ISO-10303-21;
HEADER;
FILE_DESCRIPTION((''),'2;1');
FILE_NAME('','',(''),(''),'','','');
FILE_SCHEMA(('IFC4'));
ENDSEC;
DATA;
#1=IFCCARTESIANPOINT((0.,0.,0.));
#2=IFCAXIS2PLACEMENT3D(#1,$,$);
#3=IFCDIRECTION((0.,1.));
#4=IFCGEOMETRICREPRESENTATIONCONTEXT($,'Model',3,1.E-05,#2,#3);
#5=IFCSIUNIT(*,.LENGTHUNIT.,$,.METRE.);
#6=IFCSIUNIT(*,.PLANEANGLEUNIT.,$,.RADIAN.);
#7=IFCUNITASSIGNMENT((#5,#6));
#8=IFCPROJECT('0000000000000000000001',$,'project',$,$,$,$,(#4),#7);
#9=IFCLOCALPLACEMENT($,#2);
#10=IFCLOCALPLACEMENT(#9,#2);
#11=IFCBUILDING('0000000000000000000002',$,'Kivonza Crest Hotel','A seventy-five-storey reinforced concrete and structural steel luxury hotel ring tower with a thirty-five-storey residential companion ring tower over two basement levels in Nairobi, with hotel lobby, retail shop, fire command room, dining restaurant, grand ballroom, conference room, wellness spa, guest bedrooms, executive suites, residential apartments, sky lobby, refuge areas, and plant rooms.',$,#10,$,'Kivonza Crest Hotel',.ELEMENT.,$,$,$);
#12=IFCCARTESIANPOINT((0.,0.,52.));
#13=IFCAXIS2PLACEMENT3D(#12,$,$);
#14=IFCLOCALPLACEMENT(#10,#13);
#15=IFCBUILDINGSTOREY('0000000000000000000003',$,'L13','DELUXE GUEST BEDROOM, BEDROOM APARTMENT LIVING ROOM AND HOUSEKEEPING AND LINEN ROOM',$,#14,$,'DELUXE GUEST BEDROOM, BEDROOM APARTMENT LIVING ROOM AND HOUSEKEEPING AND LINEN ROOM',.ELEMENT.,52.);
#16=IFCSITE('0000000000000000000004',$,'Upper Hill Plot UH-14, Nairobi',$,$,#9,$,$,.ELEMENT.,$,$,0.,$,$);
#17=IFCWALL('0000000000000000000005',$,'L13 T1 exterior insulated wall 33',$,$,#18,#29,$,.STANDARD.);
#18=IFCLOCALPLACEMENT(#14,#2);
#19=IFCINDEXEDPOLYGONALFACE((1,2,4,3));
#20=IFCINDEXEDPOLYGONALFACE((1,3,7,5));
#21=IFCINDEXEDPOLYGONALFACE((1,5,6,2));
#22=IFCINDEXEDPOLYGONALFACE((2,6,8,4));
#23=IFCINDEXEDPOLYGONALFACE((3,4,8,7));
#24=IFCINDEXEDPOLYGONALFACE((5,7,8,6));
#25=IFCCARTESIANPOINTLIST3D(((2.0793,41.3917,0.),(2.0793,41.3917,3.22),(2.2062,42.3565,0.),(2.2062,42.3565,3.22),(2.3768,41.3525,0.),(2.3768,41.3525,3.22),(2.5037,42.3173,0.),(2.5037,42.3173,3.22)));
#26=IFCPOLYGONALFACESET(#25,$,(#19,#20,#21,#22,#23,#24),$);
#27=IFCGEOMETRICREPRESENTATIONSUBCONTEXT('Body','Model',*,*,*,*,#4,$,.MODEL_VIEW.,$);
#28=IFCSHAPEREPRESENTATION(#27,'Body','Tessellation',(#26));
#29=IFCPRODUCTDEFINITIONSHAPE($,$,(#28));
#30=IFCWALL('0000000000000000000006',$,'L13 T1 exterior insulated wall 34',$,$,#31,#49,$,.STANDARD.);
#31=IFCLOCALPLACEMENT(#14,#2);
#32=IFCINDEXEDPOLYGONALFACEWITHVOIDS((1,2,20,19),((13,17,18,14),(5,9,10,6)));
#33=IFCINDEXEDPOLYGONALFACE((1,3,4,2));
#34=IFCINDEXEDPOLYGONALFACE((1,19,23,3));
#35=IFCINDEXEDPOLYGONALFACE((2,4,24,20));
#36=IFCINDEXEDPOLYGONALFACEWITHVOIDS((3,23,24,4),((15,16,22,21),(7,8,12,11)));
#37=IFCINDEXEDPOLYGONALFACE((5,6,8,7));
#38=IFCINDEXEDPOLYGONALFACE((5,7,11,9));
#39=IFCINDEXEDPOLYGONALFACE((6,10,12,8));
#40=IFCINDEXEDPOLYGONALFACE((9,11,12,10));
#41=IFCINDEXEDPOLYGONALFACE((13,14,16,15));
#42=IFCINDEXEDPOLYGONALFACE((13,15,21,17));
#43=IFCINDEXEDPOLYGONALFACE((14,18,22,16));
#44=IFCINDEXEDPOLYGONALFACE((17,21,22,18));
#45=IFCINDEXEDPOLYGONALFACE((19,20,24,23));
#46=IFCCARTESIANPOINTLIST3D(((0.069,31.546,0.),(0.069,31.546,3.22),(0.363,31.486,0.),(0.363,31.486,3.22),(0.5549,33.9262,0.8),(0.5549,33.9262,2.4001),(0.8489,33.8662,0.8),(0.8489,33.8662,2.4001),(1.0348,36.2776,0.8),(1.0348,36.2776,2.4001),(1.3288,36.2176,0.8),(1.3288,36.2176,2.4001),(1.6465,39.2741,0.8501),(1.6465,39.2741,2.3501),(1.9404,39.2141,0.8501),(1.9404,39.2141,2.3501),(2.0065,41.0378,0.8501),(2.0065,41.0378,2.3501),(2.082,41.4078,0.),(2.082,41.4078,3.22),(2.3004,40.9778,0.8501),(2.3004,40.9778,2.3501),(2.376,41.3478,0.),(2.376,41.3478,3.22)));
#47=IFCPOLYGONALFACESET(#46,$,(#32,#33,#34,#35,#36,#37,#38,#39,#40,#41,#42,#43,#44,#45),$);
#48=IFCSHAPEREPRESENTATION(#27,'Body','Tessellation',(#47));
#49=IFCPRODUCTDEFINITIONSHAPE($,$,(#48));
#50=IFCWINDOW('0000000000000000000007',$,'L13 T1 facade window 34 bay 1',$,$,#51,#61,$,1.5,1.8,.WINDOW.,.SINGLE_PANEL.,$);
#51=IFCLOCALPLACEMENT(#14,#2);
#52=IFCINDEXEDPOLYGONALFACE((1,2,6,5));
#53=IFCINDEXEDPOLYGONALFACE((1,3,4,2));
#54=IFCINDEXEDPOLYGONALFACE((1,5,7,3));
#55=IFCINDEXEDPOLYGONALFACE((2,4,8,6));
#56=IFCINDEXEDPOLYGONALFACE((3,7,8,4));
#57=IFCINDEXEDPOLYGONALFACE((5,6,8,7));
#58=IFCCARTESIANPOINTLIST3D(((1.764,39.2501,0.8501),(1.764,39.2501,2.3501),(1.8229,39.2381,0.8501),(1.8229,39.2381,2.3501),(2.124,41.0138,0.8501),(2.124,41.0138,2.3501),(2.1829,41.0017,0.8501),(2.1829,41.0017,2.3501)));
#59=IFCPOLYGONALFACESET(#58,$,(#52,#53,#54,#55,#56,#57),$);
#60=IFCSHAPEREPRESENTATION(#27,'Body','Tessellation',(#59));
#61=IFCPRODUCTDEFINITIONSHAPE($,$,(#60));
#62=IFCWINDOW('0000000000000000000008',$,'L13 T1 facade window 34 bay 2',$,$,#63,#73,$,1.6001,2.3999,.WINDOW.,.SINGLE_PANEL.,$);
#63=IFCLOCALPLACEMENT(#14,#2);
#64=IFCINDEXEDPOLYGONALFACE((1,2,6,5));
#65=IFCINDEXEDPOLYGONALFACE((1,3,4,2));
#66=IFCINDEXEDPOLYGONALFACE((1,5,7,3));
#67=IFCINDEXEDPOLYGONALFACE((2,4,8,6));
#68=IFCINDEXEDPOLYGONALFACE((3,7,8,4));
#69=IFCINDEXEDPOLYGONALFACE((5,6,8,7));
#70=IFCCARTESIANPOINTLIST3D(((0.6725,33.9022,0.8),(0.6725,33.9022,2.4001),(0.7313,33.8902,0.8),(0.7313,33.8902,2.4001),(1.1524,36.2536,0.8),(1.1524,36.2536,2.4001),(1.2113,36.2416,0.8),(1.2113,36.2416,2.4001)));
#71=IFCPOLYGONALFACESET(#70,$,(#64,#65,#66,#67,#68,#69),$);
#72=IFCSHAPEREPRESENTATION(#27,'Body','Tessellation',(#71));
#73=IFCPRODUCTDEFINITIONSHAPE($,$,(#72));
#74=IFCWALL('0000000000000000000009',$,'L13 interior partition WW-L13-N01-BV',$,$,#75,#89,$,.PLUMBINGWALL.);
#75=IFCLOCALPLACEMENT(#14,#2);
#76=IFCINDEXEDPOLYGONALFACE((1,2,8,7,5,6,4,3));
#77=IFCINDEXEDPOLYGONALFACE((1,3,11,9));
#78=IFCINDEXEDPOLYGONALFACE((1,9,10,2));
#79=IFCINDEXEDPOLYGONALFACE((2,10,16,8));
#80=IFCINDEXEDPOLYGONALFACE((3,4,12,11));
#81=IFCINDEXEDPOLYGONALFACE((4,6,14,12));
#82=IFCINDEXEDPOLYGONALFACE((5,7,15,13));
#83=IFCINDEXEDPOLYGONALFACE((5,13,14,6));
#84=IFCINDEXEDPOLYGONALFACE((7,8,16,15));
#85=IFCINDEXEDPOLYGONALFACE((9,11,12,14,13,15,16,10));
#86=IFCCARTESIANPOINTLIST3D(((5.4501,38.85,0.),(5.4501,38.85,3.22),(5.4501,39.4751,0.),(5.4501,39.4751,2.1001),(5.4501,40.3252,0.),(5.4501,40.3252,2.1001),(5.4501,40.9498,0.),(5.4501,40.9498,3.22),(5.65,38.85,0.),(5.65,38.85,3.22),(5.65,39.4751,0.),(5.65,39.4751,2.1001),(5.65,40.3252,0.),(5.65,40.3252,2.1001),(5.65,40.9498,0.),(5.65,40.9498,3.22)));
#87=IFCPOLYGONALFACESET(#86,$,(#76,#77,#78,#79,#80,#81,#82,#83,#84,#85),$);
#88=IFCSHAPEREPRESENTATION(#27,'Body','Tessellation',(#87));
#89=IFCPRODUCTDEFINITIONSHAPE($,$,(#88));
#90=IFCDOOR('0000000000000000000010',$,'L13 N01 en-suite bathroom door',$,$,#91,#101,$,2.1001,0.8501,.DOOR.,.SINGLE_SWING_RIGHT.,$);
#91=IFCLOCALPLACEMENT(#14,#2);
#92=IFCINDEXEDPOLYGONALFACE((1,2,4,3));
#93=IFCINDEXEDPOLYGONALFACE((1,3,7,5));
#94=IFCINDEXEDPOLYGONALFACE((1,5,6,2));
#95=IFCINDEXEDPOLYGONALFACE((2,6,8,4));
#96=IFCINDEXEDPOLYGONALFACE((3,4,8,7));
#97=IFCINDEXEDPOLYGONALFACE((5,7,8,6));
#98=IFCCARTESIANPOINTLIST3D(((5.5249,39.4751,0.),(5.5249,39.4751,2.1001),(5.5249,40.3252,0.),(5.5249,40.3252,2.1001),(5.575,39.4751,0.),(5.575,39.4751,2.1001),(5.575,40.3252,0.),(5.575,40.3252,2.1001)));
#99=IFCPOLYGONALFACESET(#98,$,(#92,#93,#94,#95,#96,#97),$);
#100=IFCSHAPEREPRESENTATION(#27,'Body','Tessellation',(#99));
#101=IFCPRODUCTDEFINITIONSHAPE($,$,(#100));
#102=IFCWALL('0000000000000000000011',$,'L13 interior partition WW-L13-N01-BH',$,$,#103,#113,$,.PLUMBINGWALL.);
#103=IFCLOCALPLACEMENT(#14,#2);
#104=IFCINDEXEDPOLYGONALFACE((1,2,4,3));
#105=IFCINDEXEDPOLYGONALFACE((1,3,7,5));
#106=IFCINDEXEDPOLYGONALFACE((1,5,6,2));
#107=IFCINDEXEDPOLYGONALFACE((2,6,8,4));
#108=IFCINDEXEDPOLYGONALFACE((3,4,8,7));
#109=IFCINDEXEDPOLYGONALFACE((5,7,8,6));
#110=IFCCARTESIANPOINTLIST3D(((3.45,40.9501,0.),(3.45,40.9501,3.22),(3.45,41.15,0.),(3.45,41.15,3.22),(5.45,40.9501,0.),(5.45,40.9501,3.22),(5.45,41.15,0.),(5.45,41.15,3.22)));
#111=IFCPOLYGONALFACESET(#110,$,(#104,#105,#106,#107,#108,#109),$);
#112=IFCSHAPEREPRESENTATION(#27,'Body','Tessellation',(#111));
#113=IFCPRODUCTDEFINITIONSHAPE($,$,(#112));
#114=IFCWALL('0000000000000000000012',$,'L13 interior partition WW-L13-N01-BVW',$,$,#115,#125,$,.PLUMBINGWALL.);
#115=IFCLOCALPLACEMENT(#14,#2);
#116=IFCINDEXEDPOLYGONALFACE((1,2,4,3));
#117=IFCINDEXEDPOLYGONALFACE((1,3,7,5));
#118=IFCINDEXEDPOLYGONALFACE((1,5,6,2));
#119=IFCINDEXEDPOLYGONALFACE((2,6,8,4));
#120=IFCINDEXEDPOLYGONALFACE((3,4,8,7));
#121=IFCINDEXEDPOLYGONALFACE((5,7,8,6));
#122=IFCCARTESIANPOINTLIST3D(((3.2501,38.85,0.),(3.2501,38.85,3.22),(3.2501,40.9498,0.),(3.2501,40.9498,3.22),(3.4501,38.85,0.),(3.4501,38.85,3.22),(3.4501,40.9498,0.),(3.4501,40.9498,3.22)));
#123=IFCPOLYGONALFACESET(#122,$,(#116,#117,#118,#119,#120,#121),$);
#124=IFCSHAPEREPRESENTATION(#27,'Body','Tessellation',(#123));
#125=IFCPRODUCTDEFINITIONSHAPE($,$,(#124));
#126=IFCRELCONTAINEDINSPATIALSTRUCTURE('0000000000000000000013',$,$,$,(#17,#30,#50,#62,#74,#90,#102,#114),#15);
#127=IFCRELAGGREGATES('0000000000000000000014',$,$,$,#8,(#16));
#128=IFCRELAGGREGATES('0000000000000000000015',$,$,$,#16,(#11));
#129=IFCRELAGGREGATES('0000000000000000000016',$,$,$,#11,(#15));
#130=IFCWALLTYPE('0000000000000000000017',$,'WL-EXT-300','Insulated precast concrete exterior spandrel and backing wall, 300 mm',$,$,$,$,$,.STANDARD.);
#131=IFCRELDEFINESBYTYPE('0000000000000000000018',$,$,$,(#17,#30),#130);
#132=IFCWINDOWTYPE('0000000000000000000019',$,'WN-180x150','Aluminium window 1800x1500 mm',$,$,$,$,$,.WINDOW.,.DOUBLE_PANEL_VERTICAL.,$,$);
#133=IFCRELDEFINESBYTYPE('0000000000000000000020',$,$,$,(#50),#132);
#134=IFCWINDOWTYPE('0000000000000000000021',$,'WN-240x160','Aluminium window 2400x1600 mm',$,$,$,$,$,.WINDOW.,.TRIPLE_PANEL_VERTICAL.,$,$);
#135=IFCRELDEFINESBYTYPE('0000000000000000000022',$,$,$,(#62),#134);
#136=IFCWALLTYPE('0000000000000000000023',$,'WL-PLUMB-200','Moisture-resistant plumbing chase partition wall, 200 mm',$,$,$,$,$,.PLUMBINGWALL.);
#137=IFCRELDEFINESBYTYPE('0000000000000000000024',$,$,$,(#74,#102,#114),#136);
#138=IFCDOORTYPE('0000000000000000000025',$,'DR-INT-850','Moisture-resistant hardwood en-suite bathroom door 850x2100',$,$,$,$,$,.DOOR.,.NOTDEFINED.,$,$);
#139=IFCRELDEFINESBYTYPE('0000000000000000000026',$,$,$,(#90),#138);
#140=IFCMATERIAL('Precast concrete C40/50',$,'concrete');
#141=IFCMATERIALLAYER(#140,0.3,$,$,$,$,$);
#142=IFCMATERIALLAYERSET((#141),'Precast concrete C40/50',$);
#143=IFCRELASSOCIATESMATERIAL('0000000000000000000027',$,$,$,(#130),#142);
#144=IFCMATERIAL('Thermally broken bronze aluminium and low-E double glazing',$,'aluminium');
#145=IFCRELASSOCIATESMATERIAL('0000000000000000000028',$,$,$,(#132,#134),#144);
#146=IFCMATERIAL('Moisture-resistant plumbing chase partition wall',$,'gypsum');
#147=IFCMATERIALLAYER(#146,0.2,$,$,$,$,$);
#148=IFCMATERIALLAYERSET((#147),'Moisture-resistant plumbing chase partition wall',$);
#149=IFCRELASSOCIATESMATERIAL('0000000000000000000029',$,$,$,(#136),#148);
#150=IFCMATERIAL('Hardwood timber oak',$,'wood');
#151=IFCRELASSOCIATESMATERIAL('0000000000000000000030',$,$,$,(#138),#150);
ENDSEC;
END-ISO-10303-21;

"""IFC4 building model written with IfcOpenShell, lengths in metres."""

from ifc_helpers import new_model, si_unit, direction, frame, frame_2d, origin, place, context, subcontext, project, spatial, rectangle, extrude, material, layer, layer_set, type_object, element, fill, save


model = new_model("IFC4")

# Units and contexts
model_context = context("Model", 3, precision=1e-05, world=origin(), true_north=direction((0.0, 1.0)))
body_context = subcontext(model_context, "Body", "Model", "MODEL_VIEW")
ifc_project = project(units=[si_unit("LENGTHUNIT", "METRE"), si_unit("PLANEANGLEUNIT", "RADIAN")], contexts=[model_context])

# Site, building, storey
site_placement = place(None, origin())
site = spatial("IfcSite", under=ifc_project, at=site_placement, Name="Upper Hill Plot UH-14, Nairobi", CompositionType="ELEMENT", RefElevation=0.0)
building_placement = place(site_placement, origin())
building = spatial("IfcBuilding", under=site, at=building_placement, Name="Kivonza Crest Hotel", Description="A seventy-five-storey reinforced concrete and structural steel luxury hotel ring tower with a thirty-five-storey residential companion ring tower over two basement levels in Nairobi, with hotel lobby, retail shop, fire command room, dining restaurant, grand ballroom, conference room, wellness spa, guest bedrooms, executive suites, residential apartments, sky lobby, refuge areas, and plant rooms.", LongName="Kivonza Crest Hotel", CompositionType="ELEMENT")
storey_placement = place(building_placement, frame((0.0, 0.0, 52.0)))
storey = spatial("IfcBuildingStorey", under=building, at=storey_placement, Name="L13", Description="DELUXE GUEST BEDROOM, BEDROOM APARTMENT LIVING ROOM AND HOUSEKEEPING AND LINEN ROOM", LongName="DELUXE GUEST BEDROOM, BEDROOM APARTMENT LIVING ROOM AND HOUSEKEEPING AND LINEN ROOM", CompositionType="ELEMENT", Elevation=52.0)

# Shared definitions
ifc_material_1 = material(Name="Hardwood timber oak", Category="wood")

# Wall
ifc_material_2 = material(Name="Precast concrete C40/50", Category="concrete")
ifc_layer_1 = layer(ifc_material_2, 0.3)
ifc_layer_set_1 = layer_set([ifc_layer_1], Name="Precast concrete C40/50")
wall_type_1 = type_object("IfcWallType", Name="WL-EXT-300", Description="Insulated precast concrete exterior spandrel and backing wall, 300 mm", PredefinedType="STANDARD", material=ifc_layer_set_1)
wall_1_placement = place(storey_placement, frame((2.355, 42.3369, 0.0), z_axis=(0.0, 0.0, 1.0), x_axis=(-0.130455, -0.991454, 0.0)))
element("IfcWall", 1, at=wall_1_placement, inside=storey, type_object=wall_type_1, Name="L13 T1 exterior insulated wall 33", PredefinedType="STANDARD", context=body_context, shape_type="SweptSolid", body=[
    extrude(rectangle(XDim=0.9731, YDim=0.3, at=frame_2d((0.4866, 0.0))), origin(), (0.0, 0.0, 1.0), 3.22),
])

# Wall, openings, windows
wall_2_placement = place(storey_placement, frame((2.229, 41.3779, 0.0), z_axis=(0.0, 0.0, 1.0), x_axis=(-0.199991, -0.979798, 0.0)))
wall_2 = element("IfcWall", 2, at=wall_2_placement, inside=storey, type_object=wall_type_1, Name="L13 T1 exterior insulated wall 34", PredefinedType="STANDARD", context=body_context, shape_type="SweptSolid", body=[
    extrude(rectangle(XDim=10.0652, YDim=0.3, at=frame_2d((5.0327, 0.0))), origin(), (0.0, 0.0, 1.0), 3.22),
])
opening_1_placement = place(wall_2_placement, frame((0.3779, 0.0, 0.8501)))
opening_1 = element("IfcOpeningElement", 3, at=opening_1_placement, cuts=wall_2, PredefinedType="OPENING", context=body_context, shape_type="SweptSolid", body=[
    extrude(rectangle(XDim=1.8, YDim=1.5, at=frame_2d((0.8999, 0.75))), frame((0.0, 0.1602, 0.0), z_axis=(0.0, -1.0, 0.0), x_axis=(1.0, 0.0, 0.0)), (0.0, 0.0, 1.0), 0.3201),
])
opening_2_placement = place(wall_2_placement, frame((5.2361, 0.0, 0.8)))
opening_2 = element("IfcOpeningElement", 4, at=opening_2_placement, cuts=wall_2, PredefinedType="OPENING", context=body_context, shape_type="SweptSolid", body=[
    extrude(rectangle(XDim=2.3999, YDim=1.6001, at=frame_2d((1.2, 0.8))), frame((0.0, 0.1602, 0.0), z_axis=(0.0, -1.0, 0.0), x_axis=(1.0, 0.0, 0.0)), (0.0, 0.0, 1.0), 0.3201),
])
ifc_material_3 = material(Name="Thermally broken bronze aluminium and low-E double glazing", Category="aluminium")
window_type_1 = type_object("IfcWindowType", Name="WN-180x150", Description="Aluminium window 1800x1500 mm", PartitioningType="DOUBLE_PANEL_VERTICAL", PredefinedType="WINDOW", material=ifc_material_3)
window_1_placement = place(opening_1_placement, origin())
window_1 = element("IfcWindow", 5, at=window_1_placement, inside=storey, type_object=window_type_1, Name="L13 T1 facade window 34 bay 1", OverallHeight=1.5, OverallWidth=1.8, PartitioningType="SINGLE_PANEL", PredefinedType="WINDOW", context=body_context, shape_type="SweptSolid", body=[
    extrude(rectangle(XDim=1.8, YDim=1.5, at=frame_2d((0.8999, 0.75))), frame((0.0, 0.03, 0.0), z_axis=(0.0, -1.0, 0.0), x_axis=(1.0, 0.0, 0.0)), (0.0, 0.0, 1.0), 0.0601),
])
fill(opening_1, window_1)
window_type_2 = type_object("IfcWindowType", Name="WN-240x160", Description="Aluminium window 2400x1600 mm", PartitioningType="TRIPLE_PANEL_VERTICAL", PredefinedType="WINDOW", material=ifc_material_3)
window_2_placement = place(opening_2_placement, origin())
window_2 = element("IfcWindow", 6, at=window_2_placement, inside=storey, type_object=window_type_2, Name="L13 T1 facade window 34 bay 2", OverallHeight=1.6001, OverallWidth=2.3999, PartitioningType="SINGLE_PANEL", PredefinedType="WINDOW", context=body_context, shape_type="SweptSolid", body=[
    extrude(rectangle(XDim=2.3999, YDim=1.6001, at=frame_2d((1.2, 0.8))), frame((0.0, 0.03, 0.0), z_axis=(0.0, -1.0, 0.0), x_axis=(1.0, 0.0, 0.0)), (0.0, 0.0, 1.0), 0.0601),
])
fill(opening_2, window_2)

# Wall, opening, door
ifc_material_4 = material(Name="Moisture-resistant plumbing chase partition wall", Category="gypsum")
ifc_layer_2 = layer(ifc_material_4, 0.2)
ifc_layer_set_2 = layer_set([ifc_layer_2], Name="Moisture-resistant plumbing chase partition wall")
wall_type_2 = type_object("IfcWallType", Name="WL-PLUMB-200", Description="Moisture-resistant plumbing chase partition wall, 200 mm", PredefinedType="PLUMBINGWALL", material=ifc_layer_set_2)
wall_3_placement = place(storey_placement, frame((5.55, 38.8501, 0.0), z_axis=(0.0, 0.0, 1.0), x_axis=(0.0, 1.0, 0.0)))
wall_3 = element("IfcWall", 7, at=wall_3_placement, inside=storey, type_object=wall_type_2, Name="L13 interior partition WW-L13-N01-BV", PredefinedType="PLUMBINGWALL", context=body_context, shape_type="SweptSolid", body=[
    extrude(rectangle(XDim=2.0999, YDim=0.2, at=frame_2d((1.0498, 0.0))), origin(), (0.0, 0.0, 1.0), 3.22),
])
opening_3_placement = place(wall_3_placement, frame((0.625, 0.0, 0.0)))
opening_3 = element("IfcOpeningElement", 8, at=opening_3_placement, cuts=wall_3, PredefinedType="OPENING", context=body_context, shape_type="SweptSolid", body=[
    extrude(rectangle(XDim=0.8501, YDim=2.1001, at=frame_2d((0.425, 1.05))), frame((0.0, 0.1099, 0.0), z_axis=(0.0, -1.0, 0.0), x_axis=(1.0, 0.0, 0.0)), (0.0, 0.0, 1.0), 0.22),
])
door_type_1 = type_object("IfcDoorType", Name="DR-INT-850", Description="Moisture-resistant hardwood en-suite bathroom door 850x2100", OperationType="NOTDEFINED", PredefinedType="DOOR", material=ifc_material_1)
door_1_placement = place(opening_3_placement, frame((0.8501, 0.0, 0.0), z_axis=(0.0, 0.0, 1.0), x_axis=(-1.0, 0.0, 0.0)))
door_1 = element("IfcDoor", 9, at=door_1_placement, inside=storey, type_object=door_type_1, Name="L13 N01 en-suite bathroom door", OperationType="SINGLE_SWING_RIGHT", OverallHeight=2.1001, OverallWidth=0.8501, PredefinedType="DOOR", context=body_context, shape_type="SweptSolid", body=[
    extrude(rectangle(XDim=0.8501, YDim=2.1001, at=frame_2d((0.425, 1.05))), frame((0.0, 0.0249, 0.0), z_axis=(0.0, -1.0, 0.0), x_axis=(1.0, 0.0, 0.0)), (0.0, 0.0, 1.0), 0.05),
])
fill(opening_3, door_1)

# Walls
wall_4_placement = place(storey_placement, frame((3.45, 41.05, 0.0), z_axis=(0.0, 0.0, 1.0), x_axis=(1.0, 0.0, 0.0)))
element("IfcWall", 10, at=wall_4_placement, inside=storey, type_object=wall_type_2, Name="L13 interior partition WW-L13-N01-BH", PredefinedType="PLUMBINGWALL", context=body_context, shape_type="SweptSolid", body=[
    extrude(rectangle(XDim=2.0, YDim=0.2, at=frame_2d((1.0, 0.0))), origin(), (0.0, 0.0, 1.0), 3.22),
])
wall_5_placement = place(storey_placement, frame((3.3501, 38.8501, 0.0), z_axis=(0.0, 0.0, 1.0), x_axis=(0.0, 1.0, 0.0)))
element("IfcWall", 11, at=wall_5_placement, inside=storey, type_object=wall_type_2, Name="L13 interior partition WW-L13-N01-BVW", PredefinedType="PLUMBINGWALL", context=body_context, shape_type="SweptSolid", body=[
    extrude(rectangle(XDim=2.0999, YDim=0.2, at=frame_2d((1.0498, 0.0))), origin(), (0.0, 0.0, 1.0), 3.22),
])

save(model, "model.ifc")
